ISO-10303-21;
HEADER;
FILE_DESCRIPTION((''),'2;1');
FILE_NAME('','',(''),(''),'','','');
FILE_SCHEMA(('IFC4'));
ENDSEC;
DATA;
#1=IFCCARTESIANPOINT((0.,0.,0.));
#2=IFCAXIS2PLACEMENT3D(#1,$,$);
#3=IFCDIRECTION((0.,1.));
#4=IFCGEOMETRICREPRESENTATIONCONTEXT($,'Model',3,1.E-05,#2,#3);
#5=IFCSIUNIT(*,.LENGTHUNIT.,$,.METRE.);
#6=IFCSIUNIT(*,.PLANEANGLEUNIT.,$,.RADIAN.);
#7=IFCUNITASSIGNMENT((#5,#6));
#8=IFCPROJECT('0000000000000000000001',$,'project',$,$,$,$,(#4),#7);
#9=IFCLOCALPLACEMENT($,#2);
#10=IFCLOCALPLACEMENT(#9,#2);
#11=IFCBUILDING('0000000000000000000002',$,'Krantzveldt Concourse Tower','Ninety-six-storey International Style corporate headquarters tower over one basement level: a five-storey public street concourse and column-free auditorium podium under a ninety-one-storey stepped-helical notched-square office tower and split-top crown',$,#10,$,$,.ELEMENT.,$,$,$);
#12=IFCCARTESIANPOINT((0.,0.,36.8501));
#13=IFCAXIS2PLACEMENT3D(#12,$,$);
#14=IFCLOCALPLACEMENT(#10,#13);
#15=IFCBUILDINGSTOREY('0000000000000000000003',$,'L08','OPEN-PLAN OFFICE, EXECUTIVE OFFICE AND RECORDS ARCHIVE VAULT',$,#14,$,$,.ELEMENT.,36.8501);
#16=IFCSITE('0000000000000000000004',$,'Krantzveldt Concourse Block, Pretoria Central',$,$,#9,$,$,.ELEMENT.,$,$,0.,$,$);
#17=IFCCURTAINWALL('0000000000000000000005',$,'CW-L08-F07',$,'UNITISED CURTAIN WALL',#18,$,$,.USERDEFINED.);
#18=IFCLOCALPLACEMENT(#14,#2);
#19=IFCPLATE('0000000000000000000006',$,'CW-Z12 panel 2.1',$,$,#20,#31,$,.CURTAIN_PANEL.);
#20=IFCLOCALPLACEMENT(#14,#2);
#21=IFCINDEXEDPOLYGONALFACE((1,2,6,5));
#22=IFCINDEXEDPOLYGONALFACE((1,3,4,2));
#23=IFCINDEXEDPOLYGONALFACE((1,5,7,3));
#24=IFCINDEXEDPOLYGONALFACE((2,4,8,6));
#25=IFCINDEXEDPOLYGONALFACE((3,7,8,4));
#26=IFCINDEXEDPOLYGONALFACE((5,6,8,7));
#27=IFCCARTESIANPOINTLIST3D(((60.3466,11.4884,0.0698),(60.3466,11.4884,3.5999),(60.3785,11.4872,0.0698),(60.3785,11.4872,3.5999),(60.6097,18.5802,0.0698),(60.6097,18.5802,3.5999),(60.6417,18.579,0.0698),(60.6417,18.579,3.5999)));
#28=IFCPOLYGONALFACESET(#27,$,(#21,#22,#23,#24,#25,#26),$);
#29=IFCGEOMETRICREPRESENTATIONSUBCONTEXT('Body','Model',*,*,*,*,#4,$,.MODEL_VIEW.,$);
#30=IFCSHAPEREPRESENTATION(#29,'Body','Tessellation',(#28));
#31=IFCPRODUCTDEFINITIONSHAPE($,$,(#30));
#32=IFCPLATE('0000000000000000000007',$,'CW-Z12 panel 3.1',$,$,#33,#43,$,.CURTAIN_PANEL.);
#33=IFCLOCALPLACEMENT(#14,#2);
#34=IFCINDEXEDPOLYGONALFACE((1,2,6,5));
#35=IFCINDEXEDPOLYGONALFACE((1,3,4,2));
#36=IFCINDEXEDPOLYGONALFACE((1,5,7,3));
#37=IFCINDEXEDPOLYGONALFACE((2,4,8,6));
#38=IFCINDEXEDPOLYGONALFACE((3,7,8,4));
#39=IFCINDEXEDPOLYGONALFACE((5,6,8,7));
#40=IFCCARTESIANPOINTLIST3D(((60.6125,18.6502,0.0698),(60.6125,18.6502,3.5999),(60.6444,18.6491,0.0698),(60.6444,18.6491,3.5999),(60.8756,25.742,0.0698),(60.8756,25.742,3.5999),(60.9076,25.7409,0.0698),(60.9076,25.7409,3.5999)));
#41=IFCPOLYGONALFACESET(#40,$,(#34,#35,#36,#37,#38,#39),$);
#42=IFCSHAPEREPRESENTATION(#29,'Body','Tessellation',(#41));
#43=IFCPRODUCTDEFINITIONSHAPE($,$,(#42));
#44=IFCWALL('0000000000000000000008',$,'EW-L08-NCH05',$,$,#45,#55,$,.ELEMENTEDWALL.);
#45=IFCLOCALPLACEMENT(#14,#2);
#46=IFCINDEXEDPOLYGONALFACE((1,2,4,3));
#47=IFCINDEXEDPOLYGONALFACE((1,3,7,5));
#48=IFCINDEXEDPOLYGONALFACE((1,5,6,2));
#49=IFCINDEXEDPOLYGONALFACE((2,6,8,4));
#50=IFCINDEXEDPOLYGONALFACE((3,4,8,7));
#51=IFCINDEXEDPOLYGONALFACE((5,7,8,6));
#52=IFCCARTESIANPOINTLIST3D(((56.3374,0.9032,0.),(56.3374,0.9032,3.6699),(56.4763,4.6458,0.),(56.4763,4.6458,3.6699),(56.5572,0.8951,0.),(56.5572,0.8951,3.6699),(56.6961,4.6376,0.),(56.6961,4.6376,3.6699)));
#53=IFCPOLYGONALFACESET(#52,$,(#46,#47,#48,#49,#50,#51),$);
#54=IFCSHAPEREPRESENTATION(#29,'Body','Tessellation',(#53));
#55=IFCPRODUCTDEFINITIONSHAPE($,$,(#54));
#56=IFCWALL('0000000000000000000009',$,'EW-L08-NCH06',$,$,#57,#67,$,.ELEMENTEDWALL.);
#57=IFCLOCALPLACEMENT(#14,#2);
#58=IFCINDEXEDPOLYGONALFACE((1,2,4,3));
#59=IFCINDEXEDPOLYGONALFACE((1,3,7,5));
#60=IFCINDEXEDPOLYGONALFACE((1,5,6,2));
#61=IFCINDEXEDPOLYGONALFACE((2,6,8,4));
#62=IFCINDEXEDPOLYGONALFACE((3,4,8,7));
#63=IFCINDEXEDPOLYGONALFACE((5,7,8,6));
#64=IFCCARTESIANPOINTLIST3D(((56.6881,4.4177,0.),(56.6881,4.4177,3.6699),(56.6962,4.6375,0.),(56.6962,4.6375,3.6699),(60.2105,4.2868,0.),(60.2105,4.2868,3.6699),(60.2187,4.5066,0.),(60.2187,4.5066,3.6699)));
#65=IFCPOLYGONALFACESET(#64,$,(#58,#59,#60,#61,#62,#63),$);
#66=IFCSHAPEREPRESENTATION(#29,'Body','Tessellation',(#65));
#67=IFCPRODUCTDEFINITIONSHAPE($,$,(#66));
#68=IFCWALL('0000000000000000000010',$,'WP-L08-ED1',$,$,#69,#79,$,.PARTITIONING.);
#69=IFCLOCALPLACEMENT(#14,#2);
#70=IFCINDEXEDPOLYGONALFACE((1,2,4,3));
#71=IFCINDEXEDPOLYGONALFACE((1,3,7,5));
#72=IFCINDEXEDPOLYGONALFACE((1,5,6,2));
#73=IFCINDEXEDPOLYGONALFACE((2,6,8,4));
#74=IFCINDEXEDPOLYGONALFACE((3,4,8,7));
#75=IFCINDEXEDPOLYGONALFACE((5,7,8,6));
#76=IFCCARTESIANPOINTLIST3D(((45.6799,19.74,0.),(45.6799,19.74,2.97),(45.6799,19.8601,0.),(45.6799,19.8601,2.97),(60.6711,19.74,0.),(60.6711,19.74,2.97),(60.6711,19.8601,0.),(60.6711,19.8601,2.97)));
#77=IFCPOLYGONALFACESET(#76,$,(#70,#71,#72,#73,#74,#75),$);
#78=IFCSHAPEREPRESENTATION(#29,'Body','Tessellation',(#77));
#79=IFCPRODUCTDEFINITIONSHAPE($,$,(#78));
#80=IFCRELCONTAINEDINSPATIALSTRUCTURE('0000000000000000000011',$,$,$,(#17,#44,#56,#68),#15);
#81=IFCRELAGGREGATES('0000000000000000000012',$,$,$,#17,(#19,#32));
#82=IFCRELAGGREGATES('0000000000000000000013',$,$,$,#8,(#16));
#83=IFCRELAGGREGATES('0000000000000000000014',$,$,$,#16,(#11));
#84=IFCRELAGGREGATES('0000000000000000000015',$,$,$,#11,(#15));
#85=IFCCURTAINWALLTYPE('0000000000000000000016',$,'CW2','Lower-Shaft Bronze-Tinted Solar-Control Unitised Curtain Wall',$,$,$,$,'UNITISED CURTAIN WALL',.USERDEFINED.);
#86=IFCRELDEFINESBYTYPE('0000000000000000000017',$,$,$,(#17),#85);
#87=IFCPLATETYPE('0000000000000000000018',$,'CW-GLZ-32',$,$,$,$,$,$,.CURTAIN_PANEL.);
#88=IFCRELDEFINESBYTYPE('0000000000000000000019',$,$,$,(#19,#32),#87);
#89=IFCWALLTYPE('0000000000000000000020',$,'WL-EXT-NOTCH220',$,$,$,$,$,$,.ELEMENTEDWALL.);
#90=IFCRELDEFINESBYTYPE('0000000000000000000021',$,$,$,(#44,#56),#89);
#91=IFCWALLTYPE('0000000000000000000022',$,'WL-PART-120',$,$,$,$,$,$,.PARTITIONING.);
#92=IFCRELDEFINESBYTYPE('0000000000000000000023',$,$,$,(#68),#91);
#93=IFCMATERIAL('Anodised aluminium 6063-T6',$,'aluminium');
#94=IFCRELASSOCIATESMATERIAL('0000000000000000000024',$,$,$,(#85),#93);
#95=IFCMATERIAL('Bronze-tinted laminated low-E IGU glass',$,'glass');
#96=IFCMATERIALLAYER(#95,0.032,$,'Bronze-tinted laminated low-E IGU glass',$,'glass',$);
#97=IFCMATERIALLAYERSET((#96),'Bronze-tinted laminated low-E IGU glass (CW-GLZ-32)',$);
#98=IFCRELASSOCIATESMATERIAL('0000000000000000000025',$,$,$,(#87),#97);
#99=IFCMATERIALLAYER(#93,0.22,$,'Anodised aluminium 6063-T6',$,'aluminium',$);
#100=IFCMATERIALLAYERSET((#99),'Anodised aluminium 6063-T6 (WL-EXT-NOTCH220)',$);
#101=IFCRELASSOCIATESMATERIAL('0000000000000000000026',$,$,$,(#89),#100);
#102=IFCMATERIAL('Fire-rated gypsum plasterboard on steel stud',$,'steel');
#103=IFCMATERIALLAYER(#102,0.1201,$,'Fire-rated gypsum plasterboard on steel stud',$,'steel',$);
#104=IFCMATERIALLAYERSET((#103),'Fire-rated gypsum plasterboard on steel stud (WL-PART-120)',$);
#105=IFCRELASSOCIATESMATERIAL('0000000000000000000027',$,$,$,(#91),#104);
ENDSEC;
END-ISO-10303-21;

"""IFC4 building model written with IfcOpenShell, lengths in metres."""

from ifc_helpers import new_model, si_unit, direction, frame, frame_2d, origin, origin_2d, place, context, subcontext, project, spatial, rectangle, extrude, source, transform, mapped, material, layer, layer_set, type_object, element, aggregate, save


model = new_model("IFC4")

# Units and contexts
model_context = context("Model", 3, precision=1e-05, world=origin(), true_north=direction((0.0, 1.0)))
body_context = subcontext(model_context, "Body", "Model", "MODEL_VIEW")
ifc_project = project(units=[si_unit("LENGTHUNIT", "METRE"), si_unit("PLANEANGLEUNIT", "RADIAN")], contexts=[model_context])

# Site, building, storey
site_placement = place(None, origin())
site = spatial("IfcSite", under=ifc_project, at=site_placement, Name="Krantzveldt Concourse Block, Pretoria Central", CompositionType="ELEMENT", RefElevation=0.0)
building_placement = place(site_placement, origin())
building = spatial("IfcBuilding", under=site, at=building_placement, Name="Krantzveldt Concourse Tower", Description="Ninety-six-storey International Style corporate headquarters tower over one basement level: a five-storey public street concourse and column-free auditorium podium under a ninety-one-storey stepped-helical notched-square office tower and split-top crown", CompositionType="ELEMENT")
storey_placement = place(building_placement, frame((0.0, 0.0, 36.8501)))
storey = spatial("IfcBuildingStorey", under=building, at=storey_placement, Name="L08", Description="OPEN-PLAN OFFICE, EXECUTIVE OFFICE AND RECORDS ARCHIVE VAULT", CompositionType="ELEMENT", Elevation=36.8501)

# Curtain wall
ifc_material_1 = material(Name="Anodised aluminium 6063-T6", Category="aluminium")
curtain_wall_type = type_object("IfcCurtainWallType", Name="CW2", Description="Lower-Shaft Bronze-Tinted Solar-Control Unitised Curtain Wall", ElementType="UNITISED CURTAIN WALL", PredefinedType="USERDEFINED", material=ifc_material_1)
curtain_wall_1_placement = place(storey_placement, origin())
curtain_wall_1 = element("IfcCurtainWall", 1, at=curtain_wall_1_placement, inside=storey, type_object=curtain_wall_type, Name="CW-L08-F07", ObjectType="UNITISED CURTAIN WALL", PredefinedType="USERDEFINED")

# Plates
ifc_material_2 = material(Name="Bronze-tinted laminated low-E IGU glass", Category="glass")
ifc_layer_1 = layer(ifc_material_2, 0.032, Name="Bronze-tinted laminated low-E IGU glass", Category="glass")
ifc_layer_set_1 = layer_set([ifc_layer_1], Name="Bronze-tinted laminated low-E IGU glass (CW-GLZ-32)")
plate_type = type_object("IfcPlateType", Name="CW-GLZ-32", PredefinedType="CURTAIN_PANEL", material=ifc_layer_set_1)
shared_shape_1 = source(origin(), body_context, "Body", "SweptSolid", [
    extrude(rectangle(XDim=7.0967, YDim=0.032, at=origin_2d()), origin(), (0.0, 0.0, 1.0), 3.53),
])
plate_1_placement = place(storey_placement, frame((60.4941, 15.0337, 0.0698), z_axis=(0.0, 0.0, 1.0), x_axis=(0.03708, 0.999312, 0.0)))
plate_1 = element("IfcPlate", 2, at=plate_1_placement, type_object=plate_type, Name="CW-Z12 panel 2.1", PredefinedType="CURTAIN_PANEL", context=body_context, shape_type="MappedRepresentation", body=[
    mapped(shared_shape_1, transform((0.0, 0.0, 0.0), x_axis=(1.0, 0.0, 0.0), y_axis=(0.0, 1.0, 0.0), z_axis=(0.0, 0.0, 1.0), scale=1.0)),
])
plate_2_placement = place(storey_placement, frame((60.76, 22.1956, 0.0698), z_axis=(0.0, 0.0, 1.0), x_axis=(0.03708, 0.999312, 0.0)))
plate_2 = element("IfcPlate", 3, at=plate_2_placement, type_object=plate_type, Name="CW-Z12 panel 3.1", PredefinedType="CURTAIN_PANEL", context=body_context, shape_type="MappedRepresentation", body=[
    mapped(shared_shape_1, transform((0.0, 0.0, 0.0), x_axis=(1.0, 0.0, 0.0), y_axis=(0.0, 1.0, 0.0), z_axis=(0.0, 0.0, 1.0), scale=1.0)),
])
aggregate(curtain_wall_1, [plate_1, plate_2])

# Walls
ifc_layer_2 = layer(ifc_material_1, 0.22, Name="Anodised aluminium 6063-T6", Category="aluminium")
ifc_layer_set_2 = layer_set([ifc_layer_2], Name="Anodised aluminium 6063-T6 (WL-EXT-NOTCH220)")
wall_type_1 = type_object("IfcWallType", Name="WL-EXT-NOTCH220", PredefinedType="ELEMENTEDWALL", material=ifc_layer_set_2)
wall_1_placement = place(storey_placement, frame((56.4473, 0.8992, 0.0), z_axis=(0.0, 0.0, 1.0), x_axis=(0.037094, 0.999312, 0.0)))
element("IfcWall", 4, at=wall_1_placement, inside=storey, type_object=wall_type_1, Name="EW-L08-NCH05", PredefinedType="ELEMENTEDWALL", context=body_context, shape_type="SweptSolid", body=[
    extrude(rectangle(XDim=3.7451, YDim=0.22, at=frame_2d((1.8726, 0.0))), origin(), (0.0, 0.0, 1.0), 3.6699),
])
wall_2_placement = place(storey_placement, frame((56.6921, 4.5276, 0.0), z_axis=(0.0, 0.0, 1.0), x_axis=(0.999311, -0.037124, 0.0)))
element("IfcWall", 5, at=wall_2_placement, inside=storey, type_object=wall_type_1, Name="EW-L08-NCH06", PredefinedType="ELEMENTEDWALL", context=body_context, shape_type="SweptSolid", body=[
    extrude(rectangle(XDim=3.5249, YDim=0.22, at=frame_2d((1.7625, 0.0))), origin(), (0.0, 0.0, 1.0), 3.6699),
])
ifc_material_3 = material(Name="Fire-rated gypsum plasterboard on steel stud", Category="steel")
ifc_layer_3 = layer(ifc_material_3, 0.1201, Name="Fire-rated gypsum plasterboard on steel stud", Category="steel")
ifc_layer_set_3 = layer_set([ifc_layer_3], Name="Fire-rated gypsum plasterboard on steel stud (WL-PART-120)")
wall_type_2 = type_object("IfcWallType", Name="WL-PART-120", PredefinedType="PARTITIONING", material=ifc_layer_set_3)
wall_3_placement = place(storey_placement, frame((45.6799, 19.8, 0.0), z_axis=(0.0, 0.0, 1.0), x_axis=(1.0, 0.0, 0.0)))
element("IfcWall", 6, at=wall_3_placement, inside=storey, type_object=wall_type_2, Name="WP-L08-ED1", PredefinedType="PARTITIONING", context=body_context, shape_type="SweptSolid", body=[
    extrude(rectangle(XDim=14.9912, YDim=0.1201, at=frame_2d((7.4956, 0.0))), origin(), (0.0, 0.0, 1.0), 2.97),
])

save(model, "model.ifc")
